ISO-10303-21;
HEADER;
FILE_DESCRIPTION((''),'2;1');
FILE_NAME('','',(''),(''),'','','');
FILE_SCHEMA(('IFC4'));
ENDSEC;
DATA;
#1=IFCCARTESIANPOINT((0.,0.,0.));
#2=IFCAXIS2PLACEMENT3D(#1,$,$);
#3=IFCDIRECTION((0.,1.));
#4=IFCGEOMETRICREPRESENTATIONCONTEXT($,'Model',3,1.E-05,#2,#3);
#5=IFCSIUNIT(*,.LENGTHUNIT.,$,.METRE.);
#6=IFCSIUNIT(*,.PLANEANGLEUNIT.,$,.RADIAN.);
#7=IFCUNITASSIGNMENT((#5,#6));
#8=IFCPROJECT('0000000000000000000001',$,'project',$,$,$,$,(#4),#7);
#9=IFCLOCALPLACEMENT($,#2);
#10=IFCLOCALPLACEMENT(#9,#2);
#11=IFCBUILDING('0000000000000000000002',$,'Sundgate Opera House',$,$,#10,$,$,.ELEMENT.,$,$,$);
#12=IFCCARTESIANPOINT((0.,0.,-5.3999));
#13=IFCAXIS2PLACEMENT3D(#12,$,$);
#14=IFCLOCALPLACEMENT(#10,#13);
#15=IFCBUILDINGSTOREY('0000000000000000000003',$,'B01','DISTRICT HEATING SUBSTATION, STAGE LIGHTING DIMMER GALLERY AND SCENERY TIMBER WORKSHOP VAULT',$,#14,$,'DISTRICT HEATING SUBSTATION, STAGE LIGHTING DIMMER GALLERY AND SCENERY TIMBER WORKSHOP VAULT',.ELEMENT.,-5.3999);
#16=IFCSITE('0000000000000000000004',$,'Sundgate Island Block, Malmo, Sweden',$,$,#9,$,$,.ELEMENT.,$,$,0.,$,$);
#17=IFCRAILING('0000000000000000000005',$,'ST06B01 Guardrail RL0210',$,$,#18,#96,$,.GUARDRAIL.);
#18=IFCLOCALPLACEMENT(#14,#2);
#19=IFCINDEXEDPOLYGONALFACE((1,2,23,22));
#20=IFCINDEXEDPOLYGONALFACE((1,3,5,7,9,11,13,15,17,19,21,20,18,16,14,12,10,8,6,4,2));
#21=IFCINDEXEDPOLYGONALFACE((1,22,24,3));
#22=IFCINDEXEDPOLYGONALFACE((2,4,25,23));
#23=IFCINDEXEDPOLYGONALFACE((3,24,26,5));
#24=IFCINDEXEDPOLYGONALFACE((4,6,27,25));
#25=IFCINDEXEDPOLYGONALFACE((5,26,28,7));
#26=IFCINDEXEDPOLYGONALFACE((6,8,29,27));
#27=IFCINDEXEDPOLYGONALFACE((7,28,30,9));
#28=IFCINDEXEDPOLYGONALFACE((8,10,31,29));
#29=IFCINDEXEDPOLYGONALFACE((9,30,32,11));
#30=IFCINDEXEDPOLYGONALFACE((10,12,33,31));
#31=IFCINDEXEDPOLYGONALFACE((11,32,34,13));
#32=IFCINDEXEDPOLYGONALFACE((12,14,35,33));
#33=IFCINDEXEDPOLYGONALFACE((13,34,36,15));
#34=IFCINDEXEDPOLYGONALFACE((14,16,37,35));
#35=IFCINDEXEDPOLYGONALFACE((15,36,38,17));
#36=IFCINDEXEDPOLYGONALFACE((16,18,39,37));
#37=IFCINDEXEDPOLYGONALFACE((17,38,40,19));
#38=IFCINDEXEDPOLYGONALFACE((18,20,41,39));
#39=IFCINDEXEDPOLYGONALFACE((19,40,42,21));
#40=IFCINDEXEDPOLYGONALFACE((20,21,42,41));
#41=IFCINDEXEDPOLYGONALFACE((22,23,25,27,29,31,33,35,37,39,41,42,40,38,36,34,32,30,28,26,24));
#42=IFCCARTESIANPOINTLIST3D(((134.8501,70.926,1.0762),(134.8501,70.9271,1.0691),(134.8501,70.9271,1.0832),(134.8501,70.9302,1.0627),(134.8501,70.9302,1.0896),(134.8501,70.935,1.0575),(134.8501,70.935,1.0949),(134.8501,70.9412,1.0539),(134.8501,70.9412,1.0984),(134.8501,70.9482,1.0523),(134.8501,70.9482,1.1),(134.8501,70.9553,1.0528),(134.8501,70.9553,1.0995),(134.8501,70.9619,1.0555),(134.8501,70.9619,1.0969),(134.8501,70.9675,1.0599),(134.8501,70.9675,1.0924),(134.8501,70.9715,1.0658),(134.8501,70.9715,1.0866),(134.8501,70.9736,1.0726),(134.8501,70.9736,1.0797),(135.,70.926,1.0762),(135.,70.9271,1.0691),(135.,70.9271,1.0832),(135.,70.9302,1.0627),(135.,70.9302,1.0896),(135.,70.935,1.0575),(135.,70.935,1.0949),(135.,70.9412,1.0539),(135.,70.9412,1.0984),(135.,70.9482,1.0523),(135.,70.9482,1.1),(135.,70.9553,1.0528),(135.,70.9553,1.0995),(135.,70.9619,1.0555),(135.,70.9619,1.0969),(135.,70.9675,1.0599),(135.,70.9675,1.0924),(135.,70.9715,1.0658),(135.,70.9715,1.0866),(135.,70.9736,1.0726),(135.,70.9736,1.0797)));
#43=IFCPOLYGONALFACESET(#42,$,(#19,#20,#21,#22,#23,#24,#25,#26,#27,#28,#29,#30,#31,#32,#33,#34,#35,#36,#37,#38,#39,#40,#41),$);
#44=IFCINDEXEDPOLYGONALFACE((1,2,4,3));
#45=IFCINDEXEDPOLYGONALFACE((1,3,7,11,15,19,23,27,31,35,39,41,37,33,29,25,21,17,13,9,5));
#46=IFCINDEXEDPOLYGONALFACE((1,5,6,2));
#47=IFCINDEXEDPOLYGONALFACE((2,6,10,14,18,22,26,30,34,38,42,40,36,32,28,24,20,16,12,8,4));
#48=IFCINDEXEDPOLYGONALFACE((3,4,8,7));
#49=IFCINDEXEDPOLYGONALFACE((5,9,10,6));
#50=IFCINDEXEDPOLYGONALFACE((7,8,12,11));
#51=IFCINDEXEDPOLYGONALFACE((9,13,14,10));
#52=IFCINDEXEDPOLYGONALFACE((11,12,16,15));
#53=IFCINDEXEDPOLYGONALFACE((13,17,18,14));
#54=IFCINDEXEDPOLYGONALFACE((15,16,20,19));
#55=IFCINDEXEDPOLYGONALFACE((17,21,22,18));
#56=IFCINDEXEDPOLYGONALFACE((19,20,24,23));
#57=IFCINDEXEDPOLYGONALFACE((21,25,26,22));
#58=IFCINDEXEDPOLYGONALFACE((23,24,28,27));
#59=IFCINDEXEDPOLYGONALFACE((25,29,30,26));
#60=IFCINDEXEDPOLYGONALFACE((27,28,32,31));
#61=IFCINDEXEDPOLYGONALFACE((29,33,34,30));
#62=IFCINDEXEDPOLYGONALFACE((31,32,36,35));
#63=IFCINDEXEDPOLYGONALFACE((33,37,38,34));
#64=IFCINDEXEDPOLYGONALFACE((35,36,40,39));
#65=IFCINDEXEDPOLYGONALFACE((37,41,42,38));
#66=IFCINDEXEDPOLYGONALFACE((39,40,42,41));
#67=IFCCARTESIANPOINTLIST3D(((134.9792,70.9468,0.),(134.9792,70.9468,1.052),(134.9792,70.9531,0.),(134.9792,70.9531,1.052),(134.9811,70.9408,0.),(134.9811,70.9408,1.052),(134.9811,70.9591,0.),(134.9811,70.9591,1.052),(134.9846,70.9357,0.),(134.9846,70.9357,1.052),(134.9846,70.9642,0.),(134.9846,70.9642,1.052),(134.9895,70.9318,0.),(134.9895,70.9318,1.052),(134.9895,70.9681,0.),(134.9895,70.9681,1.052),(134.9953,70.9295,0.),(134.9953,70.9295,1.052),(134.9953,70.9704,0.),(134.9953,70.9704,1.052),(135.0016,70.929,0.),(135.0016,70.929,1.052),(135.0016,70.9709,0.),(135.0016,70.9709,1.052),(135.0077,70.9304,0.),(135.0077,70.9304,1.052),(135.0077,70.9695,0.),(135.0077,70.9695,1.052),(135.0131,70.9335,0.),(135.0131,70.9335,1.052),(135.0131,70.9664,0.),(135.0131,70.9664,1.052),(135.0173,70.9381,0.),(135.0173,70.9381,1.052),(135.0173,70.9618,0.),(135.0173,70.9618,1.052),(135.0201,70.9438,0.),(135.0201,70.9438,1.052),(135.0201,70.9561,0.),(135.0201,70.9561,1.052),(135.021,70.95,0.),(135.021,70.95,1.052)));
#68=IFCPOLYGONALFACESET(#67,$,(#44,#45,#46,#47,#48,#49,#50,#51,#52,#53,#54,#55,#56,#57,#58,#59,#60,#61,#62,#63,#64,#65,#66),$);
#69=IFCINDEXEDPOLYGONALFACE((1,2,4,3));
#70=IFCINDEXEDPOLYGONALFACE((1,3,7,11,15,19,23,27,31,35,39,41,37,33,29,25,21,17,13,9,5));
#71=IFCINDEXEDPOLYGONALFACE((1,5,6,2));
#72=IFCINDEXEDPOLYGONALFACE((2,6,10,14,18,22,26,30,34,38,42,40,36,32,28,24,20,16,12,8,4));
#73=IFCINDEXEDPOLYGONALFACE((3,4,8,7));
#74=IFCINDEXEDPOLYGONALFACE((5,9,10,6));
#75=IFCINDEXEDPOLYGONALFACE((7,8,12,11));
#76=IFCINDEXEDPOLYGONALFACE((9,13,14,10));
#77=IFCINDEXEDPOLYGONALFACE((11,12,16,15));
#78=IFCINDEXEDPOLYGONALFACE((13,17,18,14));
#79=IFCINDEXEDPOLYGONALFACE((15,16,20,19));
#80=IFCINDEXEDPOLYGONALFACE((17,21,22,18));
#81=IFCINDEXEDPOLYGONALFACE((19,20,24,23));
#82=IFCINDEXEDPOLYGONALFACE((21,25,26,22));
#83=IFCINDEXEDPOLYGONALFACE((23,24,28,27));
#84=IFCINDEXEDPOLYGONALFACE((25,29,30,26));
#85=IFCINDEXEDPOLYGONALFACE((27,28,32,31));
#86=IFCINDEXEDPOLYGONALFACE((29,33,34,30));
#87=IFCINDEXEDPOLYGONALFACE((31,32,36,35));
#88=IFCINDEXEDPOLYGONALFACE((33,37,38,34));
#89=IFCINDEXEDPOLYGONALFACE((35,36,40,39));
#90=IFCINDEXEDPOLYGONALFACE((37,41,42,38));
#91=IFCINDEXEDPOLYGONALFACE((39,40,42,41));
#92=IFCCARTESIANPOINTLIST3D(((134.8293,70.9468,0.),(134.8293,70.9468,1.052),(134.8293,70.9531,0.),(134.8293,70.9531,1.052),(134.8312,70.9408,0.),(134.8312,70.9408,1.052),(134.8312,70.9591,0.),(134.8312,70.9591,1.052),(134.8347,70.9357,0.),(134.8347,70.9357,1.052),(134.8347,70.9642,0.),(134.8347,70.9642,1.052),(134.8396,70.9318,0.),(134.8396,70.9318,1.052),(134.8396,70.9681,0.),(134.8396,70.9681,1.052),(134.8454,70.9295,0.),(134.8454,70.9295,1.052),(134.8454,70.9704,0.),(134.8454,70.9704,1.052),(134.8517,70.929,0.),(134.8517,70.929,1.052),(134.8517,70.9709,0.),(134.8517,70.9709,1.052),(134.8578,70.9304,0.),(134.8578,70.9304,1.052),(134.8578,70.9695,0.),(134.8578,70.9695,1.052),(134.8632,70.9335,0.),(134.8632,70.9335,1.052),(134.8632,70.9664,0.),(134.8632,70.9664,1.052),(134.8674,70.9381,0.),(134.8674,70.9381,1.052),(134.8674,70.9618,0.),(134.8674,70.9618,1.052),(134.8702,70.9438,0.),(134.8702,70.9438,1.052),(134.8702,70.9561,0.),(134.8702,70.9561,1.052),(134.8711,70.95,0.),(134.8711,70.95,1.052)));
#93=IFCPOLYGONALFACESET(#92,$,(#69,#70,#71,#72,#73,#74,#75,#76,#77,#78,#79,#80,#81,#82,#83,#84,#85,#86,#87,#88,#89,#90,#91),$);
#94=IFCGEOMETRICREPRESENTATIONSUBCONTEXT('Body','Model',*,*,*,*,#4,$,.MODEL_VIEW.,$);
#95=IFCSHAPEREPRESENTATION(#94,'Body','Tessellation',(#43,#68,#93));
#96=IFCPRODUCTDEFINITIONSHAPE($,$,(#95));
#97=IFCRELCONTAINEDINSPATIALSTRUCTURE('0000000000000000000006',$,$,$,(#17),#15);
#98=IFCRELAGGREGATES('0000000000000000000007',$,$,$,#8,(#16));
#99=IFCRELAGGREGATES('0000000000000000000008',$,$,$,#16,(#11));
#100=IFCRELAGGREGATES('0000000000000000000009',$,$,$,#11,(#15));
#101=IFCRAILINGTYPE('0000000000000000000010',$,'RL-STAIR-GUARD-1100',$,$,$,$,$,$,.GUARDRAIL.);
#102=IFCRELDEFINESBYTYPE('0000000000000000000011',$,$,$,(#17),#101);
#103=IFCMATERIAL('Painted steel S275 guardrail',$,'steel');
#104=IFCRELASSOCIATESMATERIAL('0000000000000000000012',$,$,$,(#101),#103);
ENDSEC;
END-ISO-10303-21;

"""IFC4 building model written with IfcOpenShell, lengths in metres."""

from ifc_helpers import new_model, si_unit, direction, frame, origin, origin_2d, place, context, subcontext, project, spatial, circle, extrude, material, type_object, element, save


model = new_model("IFC4")

# Units and contexts
model_context = context("Model", 3, precision=1e-05, world=origin(), true_north=direction((0.0, 1.0)))
body_context = subcontext(model_context, "Body", "Model", "MODEL_VIEW")
ifc_project = project(units=[si_unit("LENGTHUNIT", "METRE"), si_unit("PLANEANGLEUNIT", "RADIAN")], contexts=[model_context])

# Site, building, storey
site_placement = place(None, origin())
site = spatial("IfcSite", under=ifc_project, at=site_placement, Name="Sundgate Island Block, Malmo, Sweden", CompositionType="ELEMENT", RefElevation=0.0)
building_placement = place(site_placement, origin())
building = spatial("IfcBuilding", under=site, at=building_placement, Name="Sundgate Opera House", CompositionType="ELEMENT")
storey_placement = place(building_placement, frame((0.0, 0.0, -5.3999)))
storey = spatial("IfcBuildingStorey", under=building, at=storey_placement, Name="B01", Description="DISTRICT HEATING SUBSTATION, STAGE LIGHTING DIMMER GALLERY AND SCENERY TIMBER WORKSHOP VAULT", LongName="DISTRICT HEATING SUBSTATION, STAGE LIGHTING DIMMER GALLERY AND SCENERY TIMBER WORKSHOP VAULT", CompositionType="ELEMENT", Elevation=-5.3999)

# Railing
ifc_material_1 = material(Name="Painted steel S275 guardrail", Category="steel")
railing_type_1 = type_object("IfcRailingType", Name="RL-STAIR-GUARD-1100", PredefinedType="GUARDRAIL", material=ifc_material_1)
railing_1_placement = place(storey_placement, frame((135.0, 70.95, 0.0)))
element("IfcRailing", 1, at=railing_1_placement, inside=storey, type_object=railing_type_1, Name="ST06B01 Guardrail RL0210", PredefinedType="GUARDRAIL", context=body_context, shape_type="SweptSolid", body=[
    extrude(circle(Radius=0.0239, at=origin_2d()), frame((0.0, 0.0, 1.0762), z_axis=(-1.0, 0.0, 0.0), x_axis=(0.0, -1.0, 0.0)), (0.0, 0.0, 1.0), 0.1499),
    extrude(circle(Radius=0.021, at=origin_2d()), origin(), (0.0, 0.0, 1.0), 1.052),
    extrude(circle(Radius=0.021, at=origin_2d()), frame((-0.1499, 0.0, 0.0)), (0.0, 0.0, 1.0), 1.052),
])

save(model, "model.ifc")
